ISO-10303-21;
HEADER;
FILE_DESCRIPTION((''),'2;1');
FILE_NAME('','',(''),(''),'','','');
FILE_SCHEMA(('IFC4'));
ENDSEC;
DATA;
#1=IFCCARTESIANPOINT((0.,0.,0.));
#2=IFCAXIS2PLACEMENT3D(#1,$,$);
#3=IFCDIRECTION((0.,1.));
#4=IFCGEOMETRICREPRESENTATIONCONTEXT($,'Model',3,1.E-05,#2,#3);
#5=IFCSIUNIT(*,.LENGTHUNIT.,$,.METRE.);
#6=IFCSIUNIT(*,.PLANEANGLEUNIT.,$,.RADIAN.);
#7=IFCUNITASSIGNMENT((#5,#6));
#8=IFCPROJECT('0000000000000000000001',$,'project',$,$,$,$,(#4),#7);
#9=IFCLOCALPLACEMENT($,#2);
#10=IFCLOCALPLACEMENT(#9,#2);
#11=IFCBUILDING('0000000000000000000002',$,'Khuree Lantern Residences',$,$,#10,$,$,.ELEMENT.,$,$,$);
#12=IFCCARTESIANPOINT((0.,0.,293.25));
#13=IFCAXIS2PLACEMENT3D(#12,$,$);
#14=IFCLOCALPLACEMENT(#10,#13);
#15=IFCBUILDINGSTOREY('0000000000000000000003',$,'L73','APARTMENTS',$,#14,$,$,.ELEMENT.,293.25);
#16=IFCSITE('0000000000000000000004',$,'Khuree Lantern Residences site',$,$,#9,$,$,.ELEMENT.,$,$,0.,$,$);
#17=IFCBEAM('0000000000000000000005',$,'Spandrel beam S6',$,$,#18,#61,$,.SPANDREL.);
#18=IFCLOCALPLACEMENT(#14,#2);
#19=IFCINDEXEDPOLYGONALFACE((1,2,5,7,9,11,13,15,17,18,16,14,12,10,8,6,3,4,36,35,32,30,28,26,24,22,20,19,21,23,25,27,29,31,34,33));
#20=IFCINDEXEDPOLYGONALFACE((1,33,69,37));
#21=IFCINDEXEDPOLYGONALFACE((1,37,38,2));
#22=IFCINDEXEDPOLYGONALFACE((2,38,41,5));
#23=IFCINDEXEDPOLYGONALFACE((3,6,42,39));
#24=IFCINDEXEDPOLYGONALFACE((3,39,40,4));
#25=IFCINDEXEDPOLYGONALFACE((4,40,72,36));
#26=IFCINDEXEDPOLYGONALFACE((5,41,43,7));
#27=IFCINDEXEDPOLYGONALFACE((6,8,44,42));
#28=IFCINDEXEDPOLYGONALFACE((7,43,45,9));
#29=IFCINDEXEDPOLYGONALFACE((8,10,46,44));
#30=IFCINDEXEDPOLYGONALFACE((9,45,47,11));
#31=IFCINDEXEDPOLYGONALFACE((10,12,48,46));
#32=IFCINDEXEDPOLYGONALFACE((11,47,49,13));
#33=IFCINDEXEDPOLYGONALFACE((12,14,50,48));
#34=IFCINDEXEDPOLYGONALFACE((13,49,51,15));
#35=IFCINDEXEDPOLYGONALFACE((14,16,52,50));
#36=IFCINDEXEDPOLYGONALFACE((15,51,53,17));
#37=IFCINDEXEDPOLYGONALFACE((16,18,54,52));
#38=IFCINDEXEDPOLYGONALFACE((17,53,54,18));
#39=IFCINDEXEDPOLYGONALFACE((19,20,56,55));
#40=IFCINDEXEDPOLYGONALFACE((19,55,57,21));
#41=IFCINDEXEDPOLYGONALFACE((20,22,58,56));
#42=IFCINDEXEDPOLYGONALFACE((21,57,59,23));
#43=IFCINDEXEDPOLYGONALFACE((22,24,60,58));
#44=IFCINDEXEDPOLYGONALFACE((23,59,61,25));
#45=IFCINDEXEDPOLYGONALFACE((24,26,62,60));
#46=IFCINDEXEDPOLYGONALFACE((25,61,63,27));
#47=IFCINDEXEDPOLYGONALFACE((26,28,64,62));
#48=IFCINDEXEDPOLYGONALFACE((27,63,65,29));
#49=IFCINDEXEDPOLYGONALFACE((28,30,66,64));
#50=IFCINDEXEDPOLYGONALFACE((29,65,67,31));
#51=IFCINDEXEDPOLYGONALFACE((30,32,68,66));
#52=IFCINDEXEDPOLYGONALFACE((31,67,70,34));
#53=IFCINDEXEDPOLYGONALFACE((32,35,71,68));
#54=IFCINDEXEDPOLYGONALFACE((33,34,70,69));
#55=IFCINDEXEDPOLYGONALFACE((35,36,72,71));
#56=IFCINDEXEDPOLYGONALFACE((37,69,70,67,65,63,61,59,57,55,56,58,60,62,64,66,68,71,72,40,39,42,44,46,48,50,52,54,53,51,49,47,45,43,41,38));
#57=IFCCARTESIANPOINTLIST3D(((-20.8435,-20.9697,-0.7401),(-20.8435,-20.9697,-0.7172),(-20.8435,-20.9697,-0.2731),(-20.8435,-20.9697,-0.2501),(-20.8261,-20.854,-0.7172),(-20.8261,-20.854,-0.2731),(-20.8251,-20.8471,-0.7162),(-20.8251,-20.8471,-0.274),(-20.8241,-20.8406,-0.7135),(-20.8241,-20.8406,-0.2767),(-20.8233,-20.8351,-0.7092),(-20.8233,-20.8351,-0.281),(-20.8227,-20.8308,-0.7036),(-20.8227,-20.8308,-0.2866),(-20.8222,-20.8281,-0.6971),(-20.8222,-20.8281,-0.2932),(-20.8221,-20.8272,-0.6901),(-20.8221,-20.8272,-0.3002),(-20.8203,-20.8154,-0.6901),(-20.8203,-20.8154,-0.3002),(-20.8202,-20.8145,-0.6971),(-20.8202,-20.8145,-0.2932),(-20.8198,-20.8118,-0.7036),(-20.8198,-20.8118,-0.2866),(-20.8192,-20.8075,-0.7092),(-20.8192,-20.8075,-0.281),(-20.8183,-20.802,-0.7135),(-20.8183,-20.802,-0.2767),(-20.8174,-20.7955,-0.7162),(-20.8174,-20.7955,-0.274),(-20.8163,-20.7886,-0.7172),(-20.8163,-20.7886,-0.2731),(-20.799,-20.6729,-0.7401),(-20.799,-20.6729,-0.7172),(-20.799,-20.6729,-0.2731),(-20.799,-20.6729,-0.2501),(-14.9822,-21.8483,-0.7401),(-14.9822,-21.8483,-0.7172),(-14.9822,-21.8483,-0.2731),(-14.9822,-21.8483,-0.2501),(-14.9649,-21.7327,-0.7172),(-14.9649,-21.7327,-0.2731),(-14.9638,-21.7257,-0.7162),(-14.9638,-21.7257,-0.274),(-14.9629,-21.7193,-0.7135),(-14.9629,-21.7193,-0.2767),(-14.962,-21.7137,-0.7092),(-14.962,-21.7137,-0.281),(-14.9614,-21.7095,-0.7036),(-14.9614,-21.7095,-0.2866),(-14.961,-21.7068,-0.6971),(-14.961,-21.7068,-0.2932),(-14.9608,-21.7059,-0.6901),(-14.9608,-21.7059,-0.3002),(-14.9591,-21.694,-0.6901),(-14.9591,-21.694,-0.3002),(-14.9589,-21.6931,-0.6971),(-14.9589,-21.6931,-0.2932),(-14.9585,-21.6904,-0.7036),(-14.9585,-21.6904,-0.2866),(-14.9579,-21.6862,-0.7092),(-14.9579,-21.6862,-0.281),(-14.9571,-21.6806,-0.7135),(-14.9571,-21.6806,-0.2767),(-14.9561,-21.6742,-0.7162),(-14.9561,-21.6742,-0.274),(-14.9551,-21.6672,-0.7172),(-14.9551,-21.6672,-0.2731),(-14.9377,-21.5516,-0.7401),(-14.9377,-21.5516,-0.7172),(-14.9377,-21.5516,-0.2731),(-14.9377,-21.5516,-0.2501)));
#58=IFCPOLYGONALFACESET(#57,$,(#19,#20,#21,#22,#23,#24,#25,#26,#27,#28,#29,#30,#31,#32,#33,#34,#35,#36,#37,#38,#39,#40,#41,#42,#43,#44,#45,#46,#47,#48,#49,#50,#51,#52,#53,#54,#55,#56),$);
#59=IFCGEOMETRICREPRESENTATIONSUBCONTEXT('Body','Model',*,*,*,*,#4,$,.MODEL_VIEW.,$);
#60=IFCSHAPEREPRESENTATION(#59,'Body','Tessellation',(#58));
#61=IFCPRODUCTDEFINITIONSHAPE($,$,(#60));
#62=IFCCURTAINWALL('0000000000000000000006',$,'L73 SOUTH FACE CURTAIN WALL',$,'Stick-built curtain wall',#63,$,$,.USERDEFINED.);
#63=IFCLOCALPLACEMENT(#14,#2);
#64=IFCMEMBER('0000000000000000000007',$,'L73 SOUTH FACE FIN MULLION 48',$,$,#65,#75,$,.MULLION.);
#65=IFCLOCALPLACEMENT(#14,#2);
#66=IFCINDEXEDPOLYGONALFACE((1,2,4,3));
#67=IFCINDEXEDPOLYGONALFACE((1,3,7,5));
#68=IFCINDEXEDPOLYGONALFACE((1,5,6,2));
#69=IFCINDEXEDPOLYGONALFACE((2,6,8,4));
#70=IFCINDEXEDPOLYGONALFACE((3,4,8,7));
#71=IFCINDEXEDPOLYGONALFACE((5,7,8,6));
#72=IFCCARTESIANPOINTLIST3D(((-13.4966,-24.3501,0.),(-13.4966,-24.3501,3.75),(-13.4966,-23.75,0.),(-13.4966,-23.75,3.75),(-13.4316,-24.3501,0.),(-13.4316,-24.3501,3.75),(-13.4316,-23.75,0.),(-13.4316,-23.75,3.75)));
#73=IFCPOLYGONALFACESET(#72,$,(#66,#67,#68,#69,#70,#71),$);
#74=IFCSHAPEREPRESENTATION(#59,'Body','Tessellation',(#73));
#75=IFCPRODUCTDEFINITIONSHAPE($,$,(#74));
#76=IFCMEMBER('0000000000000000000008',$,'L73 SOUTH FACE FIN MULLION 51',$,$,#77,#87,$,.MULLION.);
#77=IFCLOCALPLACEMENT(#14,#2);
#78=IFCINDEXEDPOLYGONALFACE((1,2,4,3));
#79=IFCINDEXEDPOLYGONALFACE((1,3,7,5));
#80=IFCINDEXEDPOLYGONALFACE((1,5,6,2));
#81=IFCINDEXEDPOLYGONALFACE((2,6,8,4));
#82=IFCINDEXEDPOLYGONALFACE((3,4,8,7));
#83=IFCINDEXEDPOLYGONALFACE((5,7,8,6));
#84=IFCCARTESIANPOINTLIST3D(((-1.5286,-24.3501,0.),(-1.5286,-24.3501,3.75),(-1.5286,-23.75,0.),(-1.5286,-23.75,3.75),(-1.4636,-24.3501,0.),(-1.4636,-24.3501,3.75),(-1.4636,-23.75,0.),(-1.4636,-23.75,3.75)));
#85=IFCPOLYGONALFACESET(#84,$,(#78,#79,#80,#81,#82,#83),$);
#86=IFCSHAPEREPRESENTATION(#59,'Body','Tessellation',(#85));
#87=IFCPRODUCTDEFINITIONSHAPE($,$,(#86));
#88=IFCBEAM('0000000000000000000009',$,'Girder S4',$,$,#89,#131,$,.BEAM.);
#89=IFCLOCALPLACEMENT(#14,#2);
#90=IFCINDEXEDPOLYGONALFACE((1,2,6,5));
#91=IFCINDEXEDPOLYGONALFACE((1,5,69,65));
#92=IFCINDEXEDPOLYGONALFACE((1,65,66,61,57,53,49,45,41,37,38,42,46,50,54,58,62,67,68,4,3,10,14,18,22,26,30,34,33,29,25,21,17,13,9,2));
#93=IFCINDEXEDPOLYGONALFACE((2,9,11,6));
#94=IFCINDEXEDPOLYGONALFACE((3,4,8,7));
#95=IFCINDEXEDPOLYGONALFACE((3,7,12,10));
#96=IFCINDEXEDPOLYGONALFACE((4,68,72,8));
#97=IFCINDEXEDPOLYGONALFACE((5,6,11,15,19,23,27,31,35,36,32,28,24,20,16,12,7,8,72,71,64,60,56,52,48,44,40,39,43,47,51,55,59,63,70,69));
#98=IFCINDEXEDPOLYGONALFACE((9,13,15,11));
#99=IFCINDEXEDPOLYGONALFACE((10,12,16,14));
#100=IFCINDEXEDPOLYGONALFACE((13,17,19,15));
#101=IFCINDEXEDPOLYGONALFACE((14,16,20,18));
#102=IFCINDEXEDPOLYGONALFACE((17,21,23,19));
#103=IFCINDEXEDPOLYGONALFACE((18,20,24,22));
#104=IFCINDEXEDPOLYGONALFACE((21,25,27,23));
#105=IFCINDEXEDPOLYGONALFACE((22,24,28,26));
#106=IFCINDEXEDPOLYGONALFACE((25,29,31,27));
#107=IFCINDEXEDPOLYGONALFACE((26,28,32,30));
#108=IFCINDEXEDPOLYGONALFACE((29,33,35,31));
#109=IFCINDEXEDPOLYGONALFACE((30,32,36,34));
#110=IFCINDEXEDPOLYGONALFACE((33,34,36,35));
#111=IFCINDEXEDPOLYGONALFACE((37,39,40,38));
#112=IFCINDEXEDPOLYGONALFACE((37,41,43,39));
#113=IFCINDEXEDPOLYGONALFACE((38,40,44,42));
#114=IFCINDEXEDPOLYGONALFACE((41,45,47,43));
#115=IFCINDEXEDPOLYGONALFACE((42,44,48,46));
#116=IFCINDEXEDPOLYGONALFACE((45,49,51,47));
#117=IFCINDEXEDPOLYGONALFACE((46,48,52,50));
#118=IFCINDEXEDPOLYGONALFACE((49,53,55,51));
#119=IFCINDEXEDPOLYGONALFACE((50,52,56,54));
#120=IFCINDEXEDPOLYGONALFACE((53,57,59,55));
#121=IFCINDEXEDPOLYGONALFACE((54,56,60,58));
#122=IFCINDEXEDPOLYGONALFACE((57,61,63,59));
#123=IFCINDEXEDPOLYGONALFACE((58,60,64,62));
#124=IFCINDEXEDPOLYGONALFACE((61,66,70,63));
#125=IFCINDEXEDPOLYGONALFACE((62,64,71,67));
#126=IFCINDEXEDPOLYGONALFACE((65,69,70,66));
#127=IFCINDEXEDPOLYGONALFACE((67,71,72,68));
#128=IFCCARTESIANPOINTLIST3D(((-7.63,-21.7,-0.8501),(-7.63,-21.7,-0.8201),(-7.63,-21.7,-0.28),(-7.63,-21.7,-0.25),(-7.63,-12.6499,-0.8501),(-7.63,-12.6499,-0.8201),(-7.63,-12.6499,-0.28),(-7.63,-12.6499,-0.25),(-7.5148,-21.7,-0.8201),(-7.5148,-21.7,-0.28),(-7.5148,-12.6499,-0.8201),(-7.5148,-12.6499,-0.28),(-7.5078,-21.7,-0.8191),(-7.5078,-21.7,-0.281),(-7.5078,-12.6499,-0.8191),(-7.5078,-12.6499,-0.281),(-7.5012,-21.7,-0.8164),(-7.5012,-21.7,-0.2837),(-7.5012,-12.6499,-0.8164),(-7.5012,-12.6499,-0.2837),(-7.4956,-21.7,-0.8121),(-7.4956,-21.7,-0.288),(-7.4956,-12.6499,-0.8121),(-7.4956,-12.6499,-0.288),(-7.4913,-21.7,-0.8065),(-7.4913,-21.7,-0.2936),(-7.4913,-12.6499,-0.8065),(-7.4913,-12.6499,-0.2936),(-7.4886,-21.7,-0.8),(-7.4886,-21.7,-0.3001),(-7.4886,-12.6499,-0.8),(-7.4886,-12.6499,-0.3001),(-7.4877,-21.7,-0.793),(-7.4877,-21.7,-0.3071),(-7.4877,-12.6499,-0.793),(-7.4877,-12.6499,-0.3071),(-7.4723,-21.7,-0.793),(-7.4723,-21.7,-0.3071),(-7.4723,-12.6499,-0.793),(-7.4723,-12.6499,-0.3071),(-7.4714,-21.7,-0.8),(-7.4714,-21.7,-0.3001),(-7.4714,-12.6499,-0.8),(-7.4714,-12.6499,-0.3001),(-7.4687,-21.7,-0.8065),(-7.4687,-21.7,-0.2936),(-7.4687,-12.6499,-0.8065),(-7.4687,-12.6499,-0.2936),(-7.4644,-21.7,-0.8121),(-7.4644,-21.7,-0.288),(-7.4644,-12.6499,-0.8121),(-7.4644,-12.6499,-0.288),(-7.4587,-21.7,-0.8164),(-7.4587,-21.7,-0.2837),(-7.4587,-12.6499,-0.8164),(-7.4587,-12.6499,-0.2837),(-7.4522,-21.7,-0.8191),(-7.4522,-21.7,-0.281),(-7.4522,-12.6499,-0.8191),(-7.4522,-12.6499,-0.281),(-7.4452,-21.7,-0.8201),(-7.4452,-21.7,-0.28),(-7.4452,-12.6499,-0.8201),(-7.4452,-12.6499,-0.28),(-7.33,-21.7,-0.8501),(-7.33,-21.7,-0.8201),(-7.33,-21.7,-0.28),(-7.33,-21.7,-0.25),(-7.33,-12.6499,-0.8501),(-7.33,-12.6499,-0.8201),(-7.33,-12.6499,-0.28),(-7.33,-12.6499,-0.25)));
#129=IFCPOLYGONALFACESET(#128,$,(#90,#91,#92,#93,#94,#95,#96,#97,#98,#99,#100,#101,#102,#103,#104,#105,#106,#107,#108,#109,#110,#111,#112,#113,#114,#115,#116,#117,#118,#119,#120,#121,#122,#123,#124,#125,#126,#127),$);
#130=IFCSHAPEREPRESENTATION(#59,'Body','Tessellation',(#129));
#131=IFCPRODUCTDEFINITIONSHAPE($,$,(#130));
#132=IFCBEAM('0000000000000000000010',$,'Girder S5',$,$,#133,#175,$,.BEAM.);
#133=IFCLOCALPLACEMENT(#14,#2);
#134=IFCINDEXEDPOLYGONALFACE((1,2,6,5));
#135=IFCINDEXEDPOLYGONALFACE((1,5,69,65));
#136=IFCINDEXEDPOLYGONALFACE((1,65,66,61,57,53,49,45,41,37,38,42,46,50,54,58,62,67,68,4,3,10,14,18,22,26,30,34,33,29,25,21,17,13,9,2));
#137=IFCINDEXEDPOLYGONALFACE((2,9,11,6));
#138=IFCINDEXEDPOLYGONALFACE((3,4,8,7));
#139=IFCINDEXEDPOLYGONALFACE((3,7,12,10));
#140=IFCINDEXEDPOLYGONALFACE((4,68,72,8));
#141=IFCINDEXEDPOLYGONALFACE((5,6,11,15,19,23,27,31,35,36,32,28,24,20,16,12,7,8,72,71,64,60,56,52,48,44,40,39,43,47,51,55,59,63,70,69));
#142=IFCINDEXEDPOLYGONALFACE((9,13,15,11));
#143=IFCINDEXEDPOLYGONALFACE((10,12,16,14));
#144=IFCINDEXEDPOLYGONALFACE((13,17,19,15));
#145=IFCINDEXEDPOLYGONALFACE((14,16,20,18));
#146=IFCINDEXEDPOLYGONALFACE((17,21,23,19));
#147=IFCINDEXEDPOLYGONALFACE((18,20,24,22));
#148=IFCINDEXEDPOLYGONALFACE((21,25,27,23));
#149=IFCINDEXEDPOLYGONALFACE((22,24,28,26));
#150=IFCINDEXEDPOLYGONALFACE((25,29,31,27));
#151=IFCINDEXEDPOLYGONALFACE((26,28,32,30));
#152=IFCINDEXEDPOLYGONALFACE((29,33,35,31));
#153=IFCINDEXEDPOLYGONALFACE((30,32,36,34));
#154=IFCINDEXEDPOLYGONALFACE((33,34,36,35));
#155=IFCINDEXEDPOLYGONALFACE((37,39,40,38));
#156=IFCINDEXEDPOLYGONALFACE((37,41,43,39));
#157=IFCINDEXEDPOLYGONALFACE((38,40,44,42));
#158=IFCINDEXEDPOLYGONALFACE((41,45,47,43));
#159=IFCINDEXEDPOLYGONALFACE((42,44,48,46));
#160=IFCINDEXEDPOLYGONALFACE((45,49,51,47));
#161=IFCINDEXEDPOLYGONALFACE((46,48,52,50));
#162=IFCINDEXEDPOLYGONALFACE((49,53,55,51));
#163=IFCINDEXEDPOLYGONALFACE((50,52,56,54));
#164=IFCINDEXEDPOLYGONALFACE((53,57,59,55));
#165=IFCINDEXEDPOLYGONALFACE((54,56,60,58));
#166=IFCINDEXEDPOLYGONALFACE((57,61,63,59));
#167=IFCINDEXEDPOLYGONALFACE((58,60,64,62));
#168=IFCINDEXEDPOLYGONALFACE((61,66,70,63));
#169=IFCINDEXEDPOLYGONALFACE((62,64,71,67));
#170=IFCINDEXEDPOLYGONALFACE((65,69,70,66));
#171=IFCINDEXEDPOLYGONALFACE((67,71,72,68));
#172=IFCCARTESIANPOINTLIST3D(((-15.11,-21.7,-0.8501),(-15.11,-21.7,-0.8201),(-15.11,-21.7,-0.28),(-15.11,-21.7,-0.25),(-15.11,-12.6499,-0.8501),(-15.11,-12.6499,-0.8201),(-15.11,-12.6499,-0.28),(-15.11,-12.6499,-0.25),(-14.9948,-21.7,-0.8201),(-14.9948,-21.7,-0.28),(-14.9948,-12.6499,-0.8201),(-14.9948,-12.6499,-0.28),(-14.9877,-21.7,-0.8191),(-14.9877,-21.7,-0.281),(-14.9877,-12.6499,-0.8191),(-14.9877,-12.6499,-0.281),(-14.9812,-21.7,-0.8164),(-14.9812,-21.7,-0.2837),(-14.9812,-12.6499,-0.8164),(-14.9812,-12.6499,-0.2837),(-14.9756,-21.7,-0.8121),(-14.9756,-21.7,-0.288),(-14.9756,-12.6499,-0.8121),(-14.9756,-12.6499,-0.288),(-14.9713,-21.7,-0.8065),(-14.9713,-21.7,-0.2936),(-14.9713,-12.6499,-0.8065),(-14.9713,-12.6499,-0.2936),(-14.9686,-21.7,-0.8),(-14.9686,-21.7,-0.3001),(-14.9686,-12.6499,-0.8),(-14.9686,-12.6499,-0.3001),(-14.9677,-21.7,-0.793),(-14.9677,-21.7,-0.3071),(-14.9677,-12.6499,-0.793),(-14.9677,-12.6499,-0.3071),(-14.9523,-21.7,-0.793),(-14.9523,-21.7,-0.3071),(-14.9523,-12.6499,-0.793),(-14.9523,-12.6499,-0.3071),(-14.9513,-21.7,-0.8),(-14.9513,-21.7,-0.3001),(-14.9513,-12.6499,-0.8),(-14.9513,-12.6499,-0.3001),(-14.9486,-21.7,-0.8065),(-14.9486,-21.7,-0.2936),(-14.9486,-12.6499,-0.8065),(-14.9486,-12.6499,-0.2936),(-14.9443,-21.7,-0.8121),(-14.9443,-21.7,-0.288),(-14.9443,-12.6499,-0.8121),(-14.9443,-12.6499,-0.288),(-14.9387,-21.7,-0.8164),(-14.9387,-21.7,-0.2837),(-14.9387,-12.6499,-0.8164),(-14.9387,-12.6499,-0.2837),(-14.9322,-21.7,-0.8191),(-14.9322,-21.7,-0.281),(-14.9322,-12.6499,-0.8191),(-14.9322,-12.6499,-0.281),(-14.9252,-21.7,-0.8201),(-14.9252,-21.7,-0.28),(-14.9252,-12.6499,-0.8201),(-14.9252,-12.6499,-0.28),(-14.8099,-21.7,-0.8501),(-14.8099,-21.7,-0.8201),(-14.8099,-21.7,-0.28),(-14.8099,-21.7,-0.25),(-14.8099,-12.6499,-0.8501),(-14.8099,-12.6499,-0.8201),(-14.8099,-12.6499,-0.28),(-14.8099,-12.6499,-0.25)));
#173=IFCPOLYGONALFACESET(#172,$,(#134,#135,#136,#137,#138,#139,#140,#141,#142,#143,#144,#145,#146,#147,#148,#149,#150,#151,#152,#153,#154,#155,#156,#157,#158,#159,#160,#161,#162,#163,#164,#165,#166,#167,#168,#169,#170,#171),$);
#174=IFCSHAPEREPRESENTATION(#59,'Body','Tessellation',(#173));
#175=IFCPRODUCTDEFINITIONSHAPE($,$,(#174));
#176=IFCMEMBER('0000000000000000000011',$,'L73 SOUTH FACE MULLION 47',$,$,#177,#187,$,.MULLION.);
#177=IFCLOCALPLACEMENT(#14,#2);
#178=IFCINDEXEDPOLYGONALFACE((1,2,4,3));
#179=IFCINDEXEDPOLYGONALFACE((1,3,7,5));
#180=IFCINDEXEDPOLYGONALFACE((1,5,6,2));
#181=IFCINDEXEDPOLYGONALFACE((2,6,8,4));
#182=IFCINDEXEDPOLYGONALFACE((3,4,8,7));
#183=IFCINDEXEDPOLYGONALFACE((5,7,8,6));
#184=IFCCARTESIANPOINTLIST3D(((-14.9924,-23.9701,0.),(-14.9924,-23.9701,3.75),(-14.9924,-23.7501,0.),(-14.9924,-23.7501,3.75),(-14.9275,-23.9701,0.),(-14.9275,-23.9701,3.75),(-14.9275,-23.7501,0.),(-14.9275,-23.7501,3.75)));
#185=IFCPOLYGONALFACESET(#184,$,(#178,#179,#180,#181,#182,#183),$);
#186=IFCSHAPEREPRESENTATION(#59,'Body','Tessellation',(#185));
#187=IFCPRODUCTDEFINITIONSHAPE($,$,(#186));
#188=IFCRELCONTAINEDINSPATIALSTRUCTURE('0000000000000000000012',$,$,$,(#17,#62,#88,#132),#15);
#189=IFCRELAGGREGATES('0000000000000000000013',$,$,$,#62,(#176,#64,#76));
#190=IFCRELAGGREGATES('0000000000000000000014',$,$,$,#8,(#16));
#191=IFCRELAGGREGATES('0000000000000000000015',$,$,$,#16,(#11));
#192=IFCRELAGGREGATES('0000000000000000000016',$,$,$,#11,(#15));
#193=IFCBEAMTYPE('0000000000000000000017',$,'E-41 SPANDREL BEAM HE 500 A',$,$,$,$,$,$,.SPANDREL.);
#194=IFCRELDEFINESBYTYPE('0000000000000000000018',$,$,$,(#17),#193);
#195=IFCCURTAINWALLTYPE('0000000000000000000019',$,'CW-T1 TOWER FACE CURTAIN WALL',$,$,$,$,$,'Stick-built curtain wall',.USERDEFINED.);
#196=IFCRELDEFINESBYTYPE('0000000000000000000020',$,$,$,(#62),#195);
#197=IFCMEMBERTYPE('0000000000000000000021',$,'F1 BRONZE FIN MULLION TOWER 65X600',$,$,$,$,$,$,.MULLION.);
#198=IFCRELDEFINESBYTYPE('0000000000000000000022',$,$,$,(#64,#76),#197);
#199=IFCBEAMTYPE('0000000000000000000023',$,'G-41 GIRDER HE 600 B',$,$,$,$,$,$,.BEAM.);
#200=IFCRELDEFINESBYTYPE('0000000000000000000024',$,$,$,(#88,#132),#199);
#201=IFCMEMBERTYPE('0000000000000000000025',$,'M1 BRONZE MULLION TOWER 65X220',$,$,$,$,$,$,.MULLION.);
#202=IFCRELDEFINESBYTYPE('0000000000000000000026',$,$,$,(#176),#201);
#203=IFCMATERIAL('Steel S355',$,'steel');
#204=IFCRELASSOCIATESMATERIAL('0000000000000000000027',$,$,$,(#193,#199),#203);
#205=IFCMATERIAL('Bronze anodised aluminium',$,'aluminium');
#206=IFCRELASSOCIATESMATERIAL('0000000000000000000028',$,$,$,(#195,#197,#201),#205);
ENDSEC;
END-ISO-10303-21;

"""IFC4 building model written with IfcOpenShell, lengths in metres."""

from ifc_helpers import new_model, si_unit, direction, frame, origin, origin_2d, place, context, subcontext, project, spatial, rectangle, i_section, extrude, material, material_profile, profile_set, type_object, element, aggregate, save


model = new_model("IFC4")

# Units and contexts
model_context = context("Model", 3, precision=1e-05, world=origin(), true_north=direction((0.0, 1.0)))
body_context = subcontext(model_context, "Body", "Model", "MODEL_VIEW")
ifc_project = project(units=[si_unit("LENGTHUNIT", "METRE"), si_unit("PLANEANGLEUNIT", "RADIAN")], contexts=[model_context])

# Site, building, storey
site_placement = place(None, origin())
site = spatial("IfcSite", under=ifc_project, at=site_placement, Name="Khuree Lantern Residences site", CompositionType="ELEMENT", RefElevation=0.0)
building_placement = place(site_placement, origin())
building = spatial("IfcBuilding", under=site, at=building_placement, Name="Khuree Lantern Residences", CompositionType="ELEMENT")
storey_placement = place(building_placement, frame((0.0, 0.0, 293.25)))
storey = spatial("IfcBuildingStorey", under=building, at=storey_placement, Name="L73", Description="APARTMENTS", CompositionType="ELEMENT", Elevation=293.25)

# Beam
ifc_material_1 = material(Name="Steel S355", Category="steel")
ifc_material_profile_1 = material_profile(ifc_material_1, i_section(OverallWidth=0.3, OverallDepth=0.49, WebThickness=0.012, FlangeThickness=0.0229, FilletRadius=0.0271, at=origin_2d()), Name="HE 500 A")
ifc_profile_set_1 = profile_set([ifc_material_profile_1], Name="Steel S355")
beam_type_1 = type_object("IfcBeamType", Name="E-41 SPANDREL BEAM HE 500 A", PredefinedType="SPANDREL", material=ifc_profile_set_1)
beam_1_placement = place(storey_placement, frame((-14.96, -21.7, -0.4951), z_axis=(-0.98895, 0.148252, 0.0), x_axis=(-0.148252, -0.98895, 0.0)))
element("IfcBeam", 1, at=beam_1_placement, inside=storey, type_object=beam_type_1, Name="Spandrel beam S6", PredefinedType="SPANDREL", context=body_context, shape_type="SweptSolid", body=[
    extrude(i_section(OverallWidth=0.3, OverallDepth=0.49, WebThickness=0.012, FlangeThickness=0.0229, FilletRadius=0.0271, at=origin_2d()), origin(), (0.0, 0.0, 1.0), 5.9268),
])

# Curtain wall, members
ifc_material_2 = material(Name="Bronze anodised aluminium", Category="aluminium")
curtain_wall_type = type_object("IfcCurtainWallType", Name="CW-T1 TOWER FACE CURTAIN WALL", ElementType="Stick-built curtain wall", PredefinedType="USERDEFINED", material=ifc_material_2)
curtain_wall_placement = place(storey_placement, origin())
curtain_wall = element("IfcCurtainWall", 2, at=curtain_wall_placement, inside=storey, type_object=curtain_wall_type, Name="L73 SOUTH FACE CURTAIN WALL", ObjectType="Stick-built curtain wall", PredefinedType="USERDEFINED")
ifc_material_profile_2 = material_profile(ifc_material_2, rectangle(XDim=0.0649, YDim=0.6001, at=origin_2d()), Name="F1 65X600")
ifc_profile_set_2 = profile_set([ifc_material_profile_2], Name="Bronze anodised aluminium")
member_type_1 = type_object("IfcMemberType", Name="F1 BRONZE FIN MULLION TOWER 65X600", PredefinedType="MULLION", material=ifc_profile_set_2)
member_1_placement = place(storey_placement, frame((-13.4641, -24.05, 0.0), z_axis=(0.0, 0.0, 1.0), x_axis=(1.0, 0.0, 0.0)))
member_1 = element("IfcMember", 3, at=member_1_placement, type_object=member_type_1, Name="L73 SOUTH FACE FIN MULLION 48", PredefinedType="MULLION", context=body_context, shape_type="SweptSolid", body=[
    extrude(rectangle(XDim=0.0649, YDim=0.6001, at=origin_2d()), origin(), (0.0, 0.0, 1.0), 3.75),
])
member_2_placement = place(storey_placement, frame((-1.4961, -24.05, 0.0), z_axis=(0.0, 0.0, 1.0), x_axis=(1.0, 0.0, 0.0)))
member_2 = element("IfcMember", 4, at=member_2_placement, type_object=member_type_1, Name="L73 SOUTH FACE FIN MULLION 51", PredefinedType="MULLION", context=body_context, shape_type="SweptSolid", body=[
    extrude(rectangle(XDim=0.0649, YDim=0.6001, at=origin_2d()), origin(), (0.0, 0.0, 1.0), 3.75),
])

# Beams
ifc_material_profile_3 = material_profile(ifc_material_1, i_section(OverallWidth=0.3, OverallDepth=0.6001, WebThickness=0.0154, FlangeThickness=0.03, FilletRadius=0.0271, at=origin_2d()), Name="HE 600 B")
ifc_profile_set_3 = profile_set([ifc_material_profile_3], Name="Steel S355")
beam_type_2 = type_object("IfcBeamType", Name="G-41 GIRDER HE 600 B", PredefinedType="BEAM", material=ifc_profile_set_3)
for number, where, z_axis, x_axis, name in (
    (5, (-7.48, -21.7, -0.55), (0.0, 1.0, 0.0), (-1.0, 0.0, 0.0), "Girder S4"),
    (6, (-14.96, -21.7, -0.55), (0.0, 1.0, 0.0), (-1.0, 0.0, 0.0), "Girder S5"),
):
    element("IfcBeam", number, at=place(storey_placement, frame(where, z_axis=z_axis, x_axis=x_axis)), inside=storey, type_object=beam_type_2, Name=name, PredefinedType="BEAM", context=body_context, shape_type="SweptSolid", body=[
        extrude(i_section(OverallWidth=0.3, OverallDepth=0.6001, WebThickness=0.0154, FlangeThickness=0.03, FilletRadius=0.0271, at=origin_2d()), origin(), (0.0, 0.0, 1.0), 9.05),
    ])

# Member
ifc_material_profile_4 = material_profile(ifc_material_2, rectangle(XDim=0.0649, YDim=0.22, at=origin_2d()), Name="M1 65X220")
ifc_profile_set_4 = profile_set([ifc_material_profile_4], Name="Bronze anodised aluminium")
member_type_2 = type_object("IfcMemberType", Name="M1 BRONZE MULLION TOWER 65X220", PredefinedType="MULLION", material=ifc_profile_set_4)
member_3_placement = place(storey_placement, frame((-14.96, -23.8601, 0.0), z_axis=(0.0, 0.0, 1.0), x_axis=(1.0, 0.0, 0.0)))
member_3 = element("IfcMember", 7, at=member_3_placement, type_object=member_type_2, Name="L73 SOUTH FACE MULLION 47", PredefinedType="MULLION", context=body_context, shape_type="SweptSolid", body=[
    extrude(rectangle(XDim=0.0649, YDim=0.22, at=origin_2d()), origin(), (0.0, 0.0, 1.0), 3.75),
])

aggregate(curtain_wall, [member_3, member_1, member_2])

save(model, "model.ifc")
